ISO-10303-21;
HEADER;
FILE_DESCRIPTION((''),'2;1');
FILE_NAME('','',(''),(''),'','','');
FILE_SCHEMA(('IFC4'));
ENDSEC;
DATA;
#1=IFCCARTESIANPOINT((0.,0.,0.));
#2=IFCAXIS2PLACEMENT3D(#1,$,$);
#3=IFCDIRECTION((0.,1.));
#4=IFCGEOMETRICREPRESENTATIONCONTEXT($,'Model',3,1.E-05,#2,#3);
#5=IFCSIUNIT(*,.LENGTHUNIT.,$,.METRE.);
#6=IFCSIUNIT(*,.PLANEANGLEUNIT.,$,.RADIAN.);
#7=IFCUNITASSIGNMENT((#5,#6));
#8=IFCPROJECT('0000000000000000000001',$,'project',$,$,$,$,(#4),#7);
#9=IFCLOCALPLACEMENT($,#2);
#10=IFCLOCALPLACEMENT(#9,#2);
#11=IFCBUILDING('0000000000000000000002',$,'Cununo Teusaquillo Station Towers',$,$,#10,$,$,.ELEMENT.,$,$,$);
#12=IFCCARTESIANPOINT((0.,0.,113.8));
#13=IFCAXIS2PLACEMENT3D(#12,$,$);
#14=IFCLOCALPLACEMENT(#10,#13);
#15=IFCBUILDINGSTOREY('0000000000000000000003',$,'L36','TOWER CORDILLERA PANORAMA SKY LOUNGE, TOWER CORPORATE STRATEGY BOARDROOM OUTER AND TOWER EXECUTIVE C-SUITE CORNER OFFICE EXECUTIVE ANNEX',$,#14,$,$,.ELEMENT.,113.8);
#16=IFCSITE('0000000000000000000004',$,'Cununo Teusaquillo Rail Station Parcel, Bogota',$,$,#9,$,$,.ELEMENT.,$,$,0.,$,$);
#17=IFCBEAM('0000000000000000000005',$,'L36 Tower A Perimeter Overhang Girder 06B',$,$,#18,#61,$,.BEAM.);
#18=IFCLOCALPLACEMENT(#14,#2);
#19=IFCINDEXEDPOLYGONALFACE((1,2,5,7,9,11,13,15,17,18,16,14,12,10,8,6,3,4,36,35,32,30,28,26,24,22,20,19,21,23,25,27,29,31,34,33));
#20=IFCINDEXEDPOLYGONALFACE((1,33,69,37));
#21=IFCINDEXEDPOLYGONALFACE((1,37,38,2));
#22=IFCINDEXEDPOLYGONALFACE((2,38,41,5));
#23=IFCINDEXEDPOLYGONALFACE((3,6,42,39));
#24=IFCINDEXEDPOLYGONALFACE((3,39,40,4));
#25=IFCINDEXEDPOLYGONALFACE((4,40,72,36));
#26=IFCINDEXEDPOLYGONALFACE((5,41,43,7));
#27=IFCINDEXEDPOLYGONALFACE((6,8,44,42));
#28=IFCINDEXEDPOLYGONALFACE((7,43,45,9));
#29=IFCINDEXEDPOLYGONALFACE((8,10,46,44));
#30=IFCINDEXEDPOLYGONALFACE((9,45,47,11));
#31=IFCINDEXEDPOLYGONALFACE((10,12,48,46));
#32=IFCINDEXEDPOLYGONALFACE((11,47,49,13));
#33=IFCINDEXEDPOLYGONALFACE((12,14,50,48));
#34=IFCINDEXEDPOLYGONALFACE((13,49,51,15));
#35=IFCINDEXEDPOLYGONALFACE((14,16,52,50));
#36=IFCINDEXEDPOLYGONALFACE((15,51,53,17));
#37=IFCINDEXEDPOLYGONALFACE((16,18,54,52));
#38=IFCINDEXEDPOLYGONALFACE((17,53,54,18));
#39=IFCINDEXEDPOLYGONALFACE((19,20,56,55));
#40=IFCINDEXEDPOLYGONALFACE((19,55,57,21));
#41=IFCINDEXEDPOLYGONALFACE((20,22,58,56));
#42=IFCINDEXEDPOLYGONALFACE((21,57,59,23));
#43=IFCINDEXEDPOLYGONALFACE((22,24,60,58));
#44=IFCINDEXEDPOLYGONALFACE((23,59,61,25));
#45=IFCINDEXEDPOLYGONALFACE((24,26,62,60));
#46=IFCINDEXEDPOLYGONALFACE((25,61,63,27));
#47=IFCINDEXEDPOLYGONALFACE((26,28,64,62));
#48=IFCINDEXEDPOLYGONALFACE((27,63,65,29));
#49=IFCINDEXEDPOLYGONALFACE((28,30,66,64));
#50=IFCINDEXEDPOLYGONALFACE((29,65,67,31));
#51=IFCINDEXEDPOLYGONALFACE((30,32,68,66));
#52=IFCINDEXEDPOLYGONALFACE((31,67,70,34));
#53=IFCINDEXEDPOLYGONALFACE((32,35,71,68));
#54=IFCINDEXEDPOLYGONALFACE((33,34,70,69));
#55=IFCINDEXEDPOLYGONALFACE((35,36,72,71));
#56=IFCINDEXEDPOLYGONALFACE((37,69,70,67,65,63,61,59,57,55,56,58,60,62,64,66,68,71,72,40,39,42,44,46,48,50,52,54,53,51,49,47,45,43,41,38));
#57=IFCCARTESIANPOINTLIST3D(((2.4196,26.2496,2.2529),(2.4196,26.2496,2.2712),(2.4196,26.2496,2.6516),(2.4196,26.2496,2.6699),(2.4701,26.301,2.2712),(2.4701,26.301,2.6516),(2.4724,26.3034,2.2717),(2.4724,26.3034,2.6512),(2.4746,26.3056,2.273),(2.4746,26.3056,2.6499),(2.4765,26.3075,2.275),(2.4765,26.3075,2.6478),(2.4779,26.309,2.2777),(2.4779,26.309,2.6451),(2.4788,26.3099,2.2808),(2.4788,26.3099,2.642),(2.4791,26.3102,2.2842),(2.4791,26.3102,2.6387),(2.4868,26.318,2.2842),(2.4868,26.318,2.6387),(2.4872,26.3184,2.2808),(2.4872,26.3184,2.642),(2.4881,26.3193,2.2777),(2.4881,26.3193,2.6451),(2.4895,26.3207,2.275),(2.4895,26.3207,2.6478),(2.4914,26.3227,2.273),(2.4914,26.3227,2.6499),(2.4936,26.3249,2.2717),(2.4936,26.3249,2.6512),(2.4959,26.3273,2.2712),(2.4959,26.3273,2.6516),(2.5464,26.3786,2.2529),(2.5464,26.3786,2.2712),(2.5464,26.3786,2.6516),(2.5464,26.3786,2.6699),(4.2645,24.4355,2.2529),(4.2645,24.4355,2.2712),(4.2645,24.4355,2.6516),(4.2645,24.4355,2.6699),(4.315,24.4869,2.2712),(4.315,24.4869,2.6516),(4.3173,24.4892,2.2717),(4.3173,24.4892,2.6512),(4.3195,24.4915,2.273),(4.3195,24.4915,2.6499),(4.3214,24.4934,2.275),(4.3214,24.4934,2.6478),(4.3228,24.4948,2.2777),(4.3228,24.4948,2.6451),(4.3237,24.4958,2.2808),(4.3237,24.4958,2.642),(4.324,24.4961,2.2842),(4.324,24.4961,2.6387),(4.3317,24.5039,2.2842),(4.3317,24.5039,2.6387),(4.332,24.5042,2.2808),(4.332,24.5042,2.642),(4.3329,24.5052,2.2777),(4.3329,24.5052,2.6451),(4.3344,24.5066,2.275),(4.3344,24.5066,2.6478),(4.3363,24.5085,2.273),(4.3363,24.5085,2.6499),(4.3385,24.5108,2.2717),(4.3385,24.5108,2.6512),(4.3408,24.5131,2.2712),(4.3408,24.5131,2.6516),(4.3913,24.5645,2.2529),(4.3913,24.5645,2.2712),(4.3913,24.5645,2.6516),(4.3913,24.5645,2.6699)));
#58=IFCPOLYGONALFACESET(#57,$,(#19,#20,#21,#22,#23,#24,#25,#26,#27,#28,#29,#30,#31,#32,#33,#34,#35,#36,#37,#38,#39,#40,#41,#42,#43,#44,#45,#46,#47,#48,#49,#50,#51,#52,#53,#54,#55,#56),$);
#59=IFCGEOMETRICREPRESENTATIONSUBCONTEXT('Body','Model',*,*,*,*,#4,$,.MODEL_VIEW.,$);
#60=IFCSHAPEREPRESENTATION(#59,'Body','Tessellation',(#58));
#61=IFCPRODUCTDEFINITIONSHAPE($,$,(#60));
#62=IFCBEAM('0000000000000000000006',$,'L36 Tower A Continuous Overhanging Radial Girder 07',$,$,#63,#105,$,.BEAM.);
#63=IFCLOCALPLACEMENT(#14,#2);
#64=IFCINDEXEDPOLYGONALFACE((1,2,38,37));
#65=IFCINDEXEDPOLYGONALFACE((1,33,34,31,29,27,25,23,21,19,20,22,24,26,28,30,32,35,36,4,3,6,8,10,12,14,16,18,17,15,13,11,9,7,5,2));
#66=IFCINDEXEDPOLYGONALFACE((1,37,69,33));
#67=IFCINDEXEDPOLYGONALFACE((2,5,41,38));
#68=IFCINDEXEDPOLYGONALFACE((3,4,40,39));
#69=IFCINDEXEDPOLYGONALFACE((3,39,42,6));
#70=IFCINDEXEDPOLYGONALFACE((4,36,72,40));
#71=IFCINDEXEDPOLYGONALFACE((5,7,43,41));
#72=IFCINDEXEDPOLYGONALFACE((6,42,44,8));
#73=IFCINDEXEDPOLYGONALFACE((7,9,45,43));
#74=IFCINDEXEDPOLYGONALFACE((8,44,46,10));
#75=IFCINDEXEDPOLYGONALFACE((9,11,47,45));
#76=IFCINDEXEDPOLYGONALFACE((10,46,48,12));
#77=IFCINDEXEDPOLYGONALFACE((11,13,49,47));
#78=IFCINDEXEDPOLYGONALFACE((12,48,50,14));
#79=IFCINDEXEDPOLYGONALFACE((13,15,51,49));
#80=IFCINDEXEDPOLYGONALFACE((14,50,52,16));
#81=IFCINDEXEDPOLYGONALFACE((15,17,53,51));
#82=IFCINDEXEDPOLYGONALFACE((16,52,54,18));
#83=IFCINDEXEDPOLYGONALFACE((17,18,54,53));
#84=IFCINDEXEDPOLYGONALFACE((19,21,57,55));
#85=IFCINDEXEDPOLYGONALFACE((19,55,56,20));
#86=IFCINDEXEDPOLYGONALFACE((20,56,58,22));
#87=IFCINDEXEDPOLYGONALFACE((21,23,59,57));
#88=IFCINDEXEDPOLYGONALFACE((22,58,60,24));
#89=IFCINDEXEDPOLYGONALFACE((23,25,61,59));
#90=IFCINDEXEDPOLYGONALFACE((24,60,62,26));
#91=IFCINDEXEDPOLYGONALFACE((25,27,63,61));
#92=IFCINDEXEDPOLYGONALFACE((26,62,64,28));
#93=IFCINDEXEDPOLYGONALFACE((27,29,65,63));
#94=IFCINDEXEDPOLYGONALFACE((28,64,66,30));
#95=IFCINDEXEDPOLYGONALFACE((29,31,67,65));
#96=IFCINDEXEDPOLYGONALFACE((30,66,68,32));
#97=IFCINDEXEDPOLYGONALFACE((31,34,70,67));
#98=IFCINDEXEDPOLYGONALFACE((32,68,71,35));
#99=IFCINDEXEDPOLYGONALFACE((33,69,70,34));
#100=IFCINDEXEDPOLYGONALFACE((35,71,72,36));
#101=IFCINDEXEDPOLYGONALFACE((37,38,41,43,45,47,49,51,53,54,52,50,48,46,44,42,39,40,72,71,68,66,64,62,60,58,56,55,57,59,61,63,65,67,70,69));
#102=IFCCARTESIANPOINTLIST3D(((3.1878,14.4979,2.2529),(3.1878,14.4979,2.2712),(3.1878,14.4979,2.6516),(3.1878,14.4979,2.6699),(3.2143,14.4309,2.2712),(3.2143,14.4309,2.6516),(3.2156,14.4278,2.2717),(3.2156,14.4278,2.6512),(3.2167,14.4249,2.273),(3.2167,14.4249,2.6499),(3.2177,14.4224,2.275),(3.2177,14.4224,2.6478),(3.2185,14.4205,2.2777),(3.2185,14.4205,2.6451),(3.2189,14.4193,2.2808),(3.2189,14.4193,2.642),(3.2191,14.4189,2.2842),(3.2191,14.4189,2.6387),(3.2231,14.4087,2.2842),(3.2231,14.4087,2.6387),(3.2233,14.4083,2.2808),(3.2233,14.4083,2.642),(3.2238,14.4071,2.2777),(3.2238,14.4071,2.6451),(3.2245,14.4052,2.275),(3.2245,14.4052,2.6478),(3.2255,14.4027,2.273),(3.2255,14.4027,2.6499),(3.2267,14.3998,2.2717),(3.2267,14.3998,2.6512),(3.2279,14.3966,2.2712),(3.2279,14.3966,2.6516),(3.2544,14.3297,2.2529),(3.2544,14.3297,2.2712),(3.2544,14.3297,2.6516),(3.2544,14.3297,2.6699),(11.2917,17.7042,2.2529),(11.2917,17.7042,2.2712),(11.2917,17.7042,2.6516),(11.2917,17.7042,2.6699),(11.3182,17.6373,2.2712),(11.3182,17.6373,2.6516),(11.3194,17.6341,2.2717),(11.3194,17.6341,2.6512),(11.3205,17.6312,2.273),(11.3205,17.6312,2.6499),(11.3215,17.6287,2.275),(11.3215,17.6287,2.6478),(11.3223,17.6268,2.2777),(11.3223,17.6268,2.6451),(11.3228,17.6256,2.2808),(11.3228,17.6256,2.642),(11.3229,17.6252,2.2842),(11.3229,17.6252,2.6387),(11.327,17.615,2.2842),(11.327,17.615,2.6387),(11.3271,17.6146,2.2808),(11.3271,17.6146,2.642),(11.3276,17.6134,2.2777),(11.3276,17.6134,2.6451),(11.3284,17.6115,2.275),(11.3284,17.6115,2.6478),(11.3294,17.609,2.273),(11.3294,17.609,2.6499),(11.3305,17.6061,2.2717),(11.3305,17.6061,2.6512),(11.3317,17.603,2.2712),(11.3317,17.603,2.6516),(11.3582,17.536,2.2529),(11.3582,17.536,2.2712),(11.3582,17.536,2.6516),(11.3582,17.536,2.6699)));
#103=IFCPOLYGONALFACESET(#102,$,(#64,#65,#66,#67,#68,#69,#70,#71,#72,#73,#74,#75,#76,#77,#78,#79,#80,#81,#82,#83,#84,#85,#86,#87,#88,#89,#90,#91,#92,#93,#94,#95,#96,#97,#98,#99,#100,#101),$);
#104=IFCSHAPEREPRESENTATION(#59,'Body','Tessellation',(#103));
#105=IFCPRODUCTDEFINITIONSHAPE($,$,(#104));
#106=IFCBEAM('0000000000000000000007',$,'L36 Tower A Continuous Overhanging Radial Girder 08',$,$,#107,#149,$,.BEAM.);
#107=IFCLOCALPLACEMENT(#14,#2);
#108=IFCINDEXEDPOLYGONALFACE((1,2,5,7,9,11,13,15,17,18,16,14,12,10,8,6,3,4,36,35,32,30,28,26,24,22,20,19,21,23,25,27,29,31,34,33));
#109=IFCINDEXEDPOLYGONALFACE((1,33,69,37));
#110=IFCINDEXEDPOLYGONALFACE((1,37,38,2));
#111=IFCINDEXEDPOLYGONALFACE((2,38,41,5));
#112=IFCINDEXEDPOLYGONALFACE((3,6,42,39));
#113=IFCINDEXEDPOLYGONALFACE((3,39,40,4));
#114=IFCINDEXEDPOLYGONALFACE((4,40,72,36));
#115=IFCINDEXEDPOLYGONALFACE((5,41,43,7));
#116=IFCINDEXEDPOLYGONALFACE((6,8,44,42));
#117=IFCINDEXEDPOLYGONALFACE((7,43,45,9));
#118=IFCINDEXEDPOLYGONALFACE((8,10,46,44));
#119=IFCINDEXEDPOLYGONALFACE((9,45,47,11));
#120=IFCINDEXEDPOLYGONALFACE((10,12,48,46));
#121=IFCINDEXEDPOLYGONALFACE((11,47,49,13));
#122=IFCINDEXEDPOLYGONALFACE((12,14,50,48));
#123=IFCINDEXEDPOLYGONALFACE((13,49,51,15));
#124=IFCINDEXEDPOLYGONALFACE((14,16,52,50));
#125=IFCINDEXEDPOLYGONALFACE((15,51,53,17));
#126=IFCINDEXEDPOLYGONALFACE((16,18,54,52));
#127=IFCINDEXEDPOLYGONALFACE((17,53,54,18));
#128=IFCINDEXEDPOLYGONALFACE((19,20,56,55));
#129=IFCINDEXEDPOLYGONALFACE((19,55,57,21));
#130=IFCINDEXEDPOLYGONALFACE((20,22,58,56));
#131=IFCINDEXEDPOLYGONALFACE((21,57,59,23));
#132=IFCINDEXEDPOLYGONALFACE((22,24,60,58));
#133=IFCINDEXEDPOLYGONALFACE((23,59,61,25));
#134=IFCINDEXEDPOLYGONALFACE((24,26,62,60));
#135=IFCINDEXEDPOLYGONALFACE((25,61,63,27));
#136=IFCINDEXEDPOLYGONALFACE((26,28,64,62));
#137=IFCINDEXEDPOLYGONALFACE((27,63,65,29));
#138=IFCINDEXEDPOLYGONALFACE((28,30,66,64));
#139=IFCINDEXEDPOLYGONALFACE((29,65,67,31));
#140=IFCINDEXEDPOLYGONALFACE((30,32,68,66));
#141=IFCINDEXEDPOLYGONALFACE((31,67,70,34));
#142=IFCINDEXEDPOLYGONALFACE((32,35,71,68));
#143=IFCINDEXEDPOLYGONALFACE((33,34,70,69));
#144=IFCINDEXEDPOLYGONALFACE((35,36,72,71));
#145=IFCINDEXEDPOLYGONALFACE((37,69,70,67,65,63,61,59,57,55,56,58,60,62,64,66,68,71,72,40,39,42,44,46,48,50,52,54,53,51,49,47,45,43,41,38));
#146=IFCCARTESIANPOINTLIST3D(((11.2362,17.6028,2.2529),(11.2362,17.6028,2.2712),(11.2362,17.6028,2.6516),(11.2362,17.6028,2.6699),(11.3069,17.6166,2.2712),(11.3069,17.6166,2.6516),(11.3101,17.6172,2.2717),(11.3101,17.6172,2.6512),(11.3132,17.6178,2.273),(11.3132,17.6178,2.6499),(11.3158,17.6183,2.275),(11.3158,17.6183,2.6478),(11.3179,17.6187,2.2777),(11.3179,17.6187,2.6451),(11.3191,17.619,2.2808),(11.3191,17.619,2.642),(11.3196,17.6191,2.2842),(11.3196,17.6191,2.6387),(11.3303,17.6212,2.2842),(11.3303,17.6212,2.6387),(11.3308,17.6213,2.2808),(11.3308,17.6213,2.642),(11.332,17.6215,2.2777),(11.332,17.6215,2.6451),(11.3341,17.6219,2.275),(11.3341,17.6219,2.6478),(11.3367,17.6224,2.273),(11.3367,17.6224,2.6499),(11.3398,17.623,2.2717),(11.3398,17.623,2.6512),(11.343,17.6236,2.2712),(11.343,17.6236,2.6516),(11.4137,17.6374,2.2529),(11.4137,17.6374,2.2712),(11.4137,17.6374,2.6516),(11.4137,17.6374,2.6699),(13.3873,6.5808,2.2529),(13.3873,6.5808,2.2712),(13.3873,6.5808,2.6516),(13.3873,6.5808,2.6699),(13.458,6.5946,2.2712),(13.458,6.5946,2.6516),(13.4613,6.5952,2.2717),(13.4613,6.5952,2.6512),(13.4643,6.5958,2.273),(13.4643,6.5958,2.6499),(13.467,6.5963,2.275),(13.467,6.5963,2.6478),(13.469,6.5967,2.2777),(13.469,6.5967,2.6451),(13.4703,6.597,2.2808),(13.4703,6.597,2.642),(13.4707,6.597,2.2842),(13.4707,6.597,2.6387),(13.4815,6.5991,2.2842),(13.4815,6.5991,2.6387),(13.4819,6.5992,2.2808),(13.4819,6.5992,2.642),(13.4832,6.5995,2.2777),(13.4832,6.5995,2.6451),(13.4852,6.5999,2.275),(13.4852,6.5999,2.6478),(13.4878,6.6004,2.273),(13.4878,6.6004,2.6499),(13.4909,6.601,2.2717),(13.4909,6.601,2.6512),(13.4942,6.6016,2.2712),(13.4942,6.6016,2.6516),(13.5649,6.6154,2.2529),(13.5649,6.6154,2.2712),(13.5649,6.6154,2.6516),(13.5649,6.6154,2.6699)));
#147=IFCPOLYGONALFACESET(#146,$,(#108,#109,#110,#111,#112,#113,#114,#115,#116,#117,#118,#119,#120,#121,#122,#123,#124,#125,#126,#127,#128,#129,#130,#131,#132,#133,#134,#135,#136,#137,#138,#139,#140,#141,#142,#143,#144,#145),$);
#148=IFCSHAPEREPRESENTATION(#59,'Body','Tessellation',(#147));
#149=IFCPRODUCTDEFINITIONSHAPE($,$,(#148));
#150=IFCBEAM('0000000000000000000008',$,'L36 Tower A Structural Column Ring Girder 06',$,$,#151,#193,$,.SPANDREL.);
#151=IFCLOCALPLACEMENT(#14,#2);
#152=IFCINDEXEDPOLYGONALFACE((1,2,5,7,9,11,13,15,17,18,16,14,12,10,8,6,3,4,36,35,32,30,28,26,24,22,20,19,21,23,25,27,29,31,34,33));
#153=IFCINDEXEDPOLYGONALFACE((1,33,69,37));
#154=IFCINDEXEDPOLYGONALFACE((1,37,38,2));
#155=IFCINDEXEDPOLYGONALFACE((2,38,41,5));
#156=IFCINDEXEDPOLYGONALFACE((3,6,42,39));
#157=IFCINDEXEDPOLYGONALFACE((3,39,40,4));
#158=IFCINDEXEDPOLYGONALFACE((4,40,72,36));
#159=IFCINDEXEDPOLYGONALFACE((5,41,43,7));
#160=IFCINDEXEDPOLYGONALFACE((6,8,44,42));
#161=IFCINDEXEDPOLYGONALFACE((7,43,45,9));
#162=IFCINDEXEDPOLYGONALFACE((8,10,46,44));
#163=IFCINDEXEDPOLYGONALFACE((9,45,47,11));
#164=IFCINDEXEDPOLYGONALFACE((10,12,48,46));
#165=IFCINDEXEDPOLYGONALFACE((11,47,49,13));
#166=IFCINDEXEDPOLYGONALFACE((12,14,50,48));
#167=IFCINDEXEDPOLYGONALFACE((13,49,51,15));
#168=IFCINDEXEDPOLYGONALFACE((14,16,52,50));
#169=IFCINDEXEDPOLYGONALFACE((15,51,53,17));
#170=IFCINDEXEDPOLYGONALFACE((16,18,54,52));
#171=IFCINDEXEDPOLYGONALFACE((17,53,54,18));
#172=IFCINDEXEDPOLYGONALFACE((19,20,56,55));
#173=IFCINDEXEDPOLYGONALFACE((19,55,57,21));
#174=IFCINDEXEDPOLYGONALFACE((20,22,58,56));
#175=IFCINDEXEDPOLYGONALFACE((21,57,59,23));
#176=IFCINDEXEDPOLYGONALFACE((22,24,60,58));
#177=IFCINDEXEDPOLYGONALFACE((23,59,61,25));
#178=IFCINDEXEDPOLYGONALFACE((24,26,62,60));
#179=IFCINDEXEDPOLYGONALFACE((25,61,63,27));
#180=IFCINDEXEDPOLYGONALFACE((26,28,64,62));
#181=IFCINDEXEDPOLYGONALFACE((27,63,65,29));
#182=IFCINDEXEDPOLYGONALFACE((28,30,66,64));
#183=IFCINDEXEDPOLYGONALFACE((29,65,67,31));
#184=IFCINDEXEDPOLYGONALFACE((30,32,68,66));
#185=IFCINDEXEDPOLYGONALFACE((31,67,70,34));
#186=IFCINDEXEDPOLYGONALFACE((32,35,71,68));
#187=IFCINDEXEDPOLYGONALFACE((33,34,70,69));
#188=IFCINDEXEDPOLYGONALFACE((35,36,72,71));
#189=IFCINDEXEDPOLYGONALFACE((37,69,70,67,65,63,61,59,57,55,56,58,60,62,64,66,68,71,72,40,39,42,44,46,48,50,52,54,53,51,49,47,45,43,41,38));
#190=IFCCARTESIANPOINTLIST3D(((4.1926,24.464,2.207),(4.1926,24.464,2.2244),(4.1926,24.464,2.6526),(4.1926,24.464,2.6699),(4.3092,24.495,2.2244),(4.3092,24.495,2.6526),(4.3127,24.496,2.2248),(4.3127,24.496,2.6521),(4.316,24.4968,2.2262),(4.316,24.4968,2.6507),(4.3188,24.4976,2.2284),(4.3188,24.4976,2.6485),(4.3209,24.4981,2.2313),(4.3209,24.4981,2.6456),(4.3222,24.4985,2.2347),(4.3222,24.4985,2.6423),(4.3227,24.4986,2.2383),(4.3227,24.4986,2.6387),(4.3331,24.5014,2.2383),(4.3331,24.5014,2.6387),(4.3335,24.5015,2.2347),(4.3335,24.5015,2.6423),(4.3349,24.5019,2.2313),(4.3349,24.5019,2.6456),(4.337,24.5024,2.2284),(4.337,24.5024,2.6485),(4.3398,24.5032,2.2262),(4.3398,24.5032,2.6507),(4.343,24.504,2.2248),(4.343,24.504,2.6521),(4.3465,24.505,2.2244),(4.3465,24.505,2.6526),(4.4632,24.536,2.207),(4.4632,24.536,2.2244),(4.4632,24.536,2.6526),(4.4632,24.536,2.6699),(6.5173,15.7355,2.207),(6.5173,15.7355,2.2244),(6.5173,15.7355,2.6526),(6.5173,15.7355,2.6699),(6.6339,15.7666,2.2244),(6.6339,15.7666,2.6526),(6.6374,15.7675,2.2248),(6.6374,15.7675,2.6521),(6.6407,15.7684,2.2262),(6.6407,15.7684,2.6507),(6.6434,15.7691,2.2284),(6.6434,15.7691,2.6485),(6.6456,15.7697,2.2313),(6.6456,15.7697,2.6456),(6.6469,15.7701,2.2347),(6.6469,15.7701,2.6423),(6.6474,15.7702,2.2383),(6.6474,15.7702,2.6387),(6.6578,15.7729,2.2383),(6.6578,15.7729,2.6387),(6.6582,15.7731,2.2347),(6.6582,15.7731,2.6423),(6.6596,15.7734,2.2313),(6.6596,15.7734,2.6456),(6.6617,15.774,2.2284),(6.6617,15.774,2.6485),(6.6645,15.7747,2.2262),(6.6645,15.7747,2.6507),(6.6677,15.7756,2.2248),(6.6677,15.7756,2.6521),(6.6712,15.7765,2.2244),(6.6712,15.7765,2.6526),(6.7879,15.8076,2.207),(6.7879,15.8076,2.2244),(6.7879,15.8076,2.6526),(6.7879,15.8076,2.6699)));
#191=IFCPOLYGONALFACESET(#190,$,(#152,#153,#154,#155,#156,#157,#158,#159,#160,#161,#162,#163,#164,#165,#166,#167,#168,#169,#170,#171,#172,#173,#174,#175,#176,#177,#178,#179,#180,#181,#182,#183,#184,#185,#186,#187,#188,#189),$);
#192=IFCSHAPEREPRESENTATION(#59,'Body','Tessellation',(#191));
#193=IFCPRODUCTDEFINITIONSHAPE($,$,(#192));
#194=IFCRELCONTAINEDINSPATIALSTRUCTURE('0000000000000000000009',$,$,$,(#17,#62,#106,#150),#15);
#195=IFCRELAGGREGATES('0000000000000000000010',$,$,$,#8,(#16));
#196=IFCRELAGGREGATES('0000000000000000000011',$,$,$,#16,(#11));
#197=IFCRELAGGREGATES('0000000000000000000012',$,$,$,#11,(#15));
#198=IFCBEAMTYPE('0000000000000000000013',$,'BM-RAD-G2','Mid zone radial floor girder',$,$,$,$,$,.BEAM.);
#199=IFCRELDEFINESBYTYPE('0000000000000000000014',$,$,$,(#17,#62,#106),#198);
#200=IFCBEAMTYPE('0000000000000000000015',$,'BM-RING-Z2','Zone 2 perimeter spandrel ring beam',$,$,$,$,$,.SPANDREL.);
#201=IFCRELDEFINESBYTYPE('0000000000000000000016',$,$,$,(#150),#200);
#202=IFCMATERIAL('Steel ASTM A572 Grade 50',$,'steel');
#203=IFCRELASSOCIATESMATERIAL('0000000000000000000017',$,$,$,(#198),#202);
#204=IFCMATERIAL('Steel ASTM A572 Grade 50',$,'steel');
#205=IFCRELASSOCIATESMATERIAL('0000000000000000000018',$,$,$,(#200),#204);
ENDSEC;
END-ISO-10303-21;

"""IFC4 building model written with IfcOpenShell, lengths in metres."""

from ifc_helpers import new_model, si_unit, direction, frame, origin, origin_2d, place, context, subcontext, project, spatial, i_section, extrude, material, material_profile, profile_set, type_object, element, save


model = new_model("IFC4")

# Units and contexts
model_context = context("Model", 3, precision=1e-05, world=origin(), true_north=direction((0.0, 1.0)))
body_context = subcontext(model_context, "Body", "Model", "MODEL_VIEW")
ifc_project = project(units=[si_unit("LENGTHUNIT", "METRE"), si_unit("PLANEANGLEUNIT", "RADIAN")], contexts=[model_context])

# Site, building, storey
site_placement = place(None, origin())
site = spatial("IfcSite", under=ifc_project, at=site_placement, Name="Cununo Teusaquillo Rail Station Parcel, Bogota", CompositionType="ELEMENT", RefElevation=0.0)
building_placement = place(site_placement, origin())
building = spatial("IfcBuilding", under=site, at=building_placement, Name="Cununo Teusaquillo Station Towers", CompositionType="ELEMENT")
storey_placement = place(building_placement, frame((0.0, 0.0, 113.8)))
storey = spatial("IfcBuildingStorey", under=building, at=storey_placement, Name="L36", Description="TOWER CORDILLERA PANORAMA SKY LOUNGE, TOWER CORPORATE STRATEGY BOARDROOM OUTER AND TOWER EXECUTIVE C-SUITE CORNER OFFICE EXECUTIVE ANNEX", CompositionType="ELEMENT", Elevation=113.8)

# Beams
ifc_material_1 = material(Name="Steel ASTM A572 Grade 50", Category="steel")
ifc_material_profile_1 = material_profile(ifc_material_1, i_section(OverallWidth=0.1809, OverallDepth=0.417, WebThickness=0.011, FlangeThickness=0.0183, FilletRadius=0.0129, at=origin_2d()), Name="W16X57")
ifc_profile_set_1 = profile_set([ifc_material_profile_1], Name="Steel ASTM A572 Grade 50")
beam_type_1 = type_object("IfcBeamType", Name="BM-RAD-G2", Description="Mid zone radial floor girder", PredefinedType="BEAM", material=ifc_profile_set_1)
beam_1_placement = place(storey_placement, frame((4.3279, 24.5, 2.4614), z_axis=(-0.713026, 0.701138, 0.0), x_axis=(-0.701138, -0.713026, 0.0)))
element("IfcBeam", 1, at=beam_1_placement, inside=storey, type_object=beam_type_1, Name="L36 Tower A Perimeter Overhang Girder 06B", PredefinedType="BEAM", context=body_context, shape_type="SweptSolid", body=[
    extrude(i_section(OverallWidth=0.1809, OverallDepth=0.417, WebThickness=0.011, FlangeThickness=0.0183, FilletRadius=0.0129, at=origin_2d()), origin(), (0.0, 0.0, 1.0), 2.5874),
])
beam_2_placement = place(storey_placement, frame((11.325, 17.6201, 2.4614), z_axis=(-0.929863, -0.367906, 0.0), x_axis=(0.367906, -0.929863, 0.0)))
element("IfcBeam", 2, at=beam_2_placement, inside=storey, type_object=beam_type_1, Name="L36 Tower A Continuous Overhanging Radial Girder 07", PredefinedType="BEAM", context=body_context, shape_type="SweptSolid", body=[
    extrude(i_section(OverallWidth=0.1809, OverallDepth=0.417, WebThickness=0.011, FlangeThickness=0.0183, FilletRadius=0.0129, at=origin_2d()), origin(), (0.0, 0.0, 1.0), 8.7151),
])
beam_3_placement = place(storey_placement, frame((11.325, 17.6201, 2.4614), z_axis=(0.191553, -0.981482, 0.0), x_axis=(0.981482, 0.191553, 0.0)))
element("IfcBeam", 3, at=beam_3_placement, inside=storey, type_object=beam_type_1, Name="L36 Tower A Continuous Overhanging Radial Girder 08", PredefinedType="BEAM", context=body_context, shape_type="SweptSolid", body=[
    extrude(i_section(OverallWidth=0.1809, OverallDepth=0.417, WebThickness=0.011, FlangeThickness=0.0183, FilletRadius=0.0129, at=origin_2d()), origin(), (0.0, 0.0, 1.0), 11.23),
])
ifc_material_2 = material(Name="Steel ASTM A572 Grade 50", Category="steel")
ifc_material_profile_2 = material_profile(ifc_material_2, i_section(OverallWidth=0.28, OverallDepth=0.4629, WebThickness=0.0107, FlangeThickness=0.0173, FilletRadius=0.0139, at=origin_2d()), Name="W18X76")
ifc_profile_set_2 = profile_set([ifc_material_profile_2], Name="Steel ASTM A572 Grade 50")
beam_type_2 = type_object("IfcBeamType", Name="BM-RING-Z2", Description="Zone 2 perimeter spandrel ring beam", PredefinedType="SPANDREL", material=ifc_profile_set_2)
beam_4_placement = place(storey_placement, frame((4.3279, 24.5, 2.4385), z_axis=(0.257363, -0.966315, 0.0), x_axis=(0.966315, 0.257363, 0.0)))
element("IfcBeam", 4, at=beam_4_placement, inside=storey, type_object=beam_type_2, Name="L36 Tower A Structural Column Ring Girder 06", PredefinedType="SPANDREL", context=body_context, shape_type="SweptSolid", body=[
    extrude(i_section(OverallWidth=0.28, OverallDepth=0.4629, WebThickness=0.0107, FlangeThickness=0.0173, FilletRadius=0.0139, at=origin_2d()), origin(), (0.0, 0.0, 1.0), 9.0327),
])

save(model, "model.ifc")
